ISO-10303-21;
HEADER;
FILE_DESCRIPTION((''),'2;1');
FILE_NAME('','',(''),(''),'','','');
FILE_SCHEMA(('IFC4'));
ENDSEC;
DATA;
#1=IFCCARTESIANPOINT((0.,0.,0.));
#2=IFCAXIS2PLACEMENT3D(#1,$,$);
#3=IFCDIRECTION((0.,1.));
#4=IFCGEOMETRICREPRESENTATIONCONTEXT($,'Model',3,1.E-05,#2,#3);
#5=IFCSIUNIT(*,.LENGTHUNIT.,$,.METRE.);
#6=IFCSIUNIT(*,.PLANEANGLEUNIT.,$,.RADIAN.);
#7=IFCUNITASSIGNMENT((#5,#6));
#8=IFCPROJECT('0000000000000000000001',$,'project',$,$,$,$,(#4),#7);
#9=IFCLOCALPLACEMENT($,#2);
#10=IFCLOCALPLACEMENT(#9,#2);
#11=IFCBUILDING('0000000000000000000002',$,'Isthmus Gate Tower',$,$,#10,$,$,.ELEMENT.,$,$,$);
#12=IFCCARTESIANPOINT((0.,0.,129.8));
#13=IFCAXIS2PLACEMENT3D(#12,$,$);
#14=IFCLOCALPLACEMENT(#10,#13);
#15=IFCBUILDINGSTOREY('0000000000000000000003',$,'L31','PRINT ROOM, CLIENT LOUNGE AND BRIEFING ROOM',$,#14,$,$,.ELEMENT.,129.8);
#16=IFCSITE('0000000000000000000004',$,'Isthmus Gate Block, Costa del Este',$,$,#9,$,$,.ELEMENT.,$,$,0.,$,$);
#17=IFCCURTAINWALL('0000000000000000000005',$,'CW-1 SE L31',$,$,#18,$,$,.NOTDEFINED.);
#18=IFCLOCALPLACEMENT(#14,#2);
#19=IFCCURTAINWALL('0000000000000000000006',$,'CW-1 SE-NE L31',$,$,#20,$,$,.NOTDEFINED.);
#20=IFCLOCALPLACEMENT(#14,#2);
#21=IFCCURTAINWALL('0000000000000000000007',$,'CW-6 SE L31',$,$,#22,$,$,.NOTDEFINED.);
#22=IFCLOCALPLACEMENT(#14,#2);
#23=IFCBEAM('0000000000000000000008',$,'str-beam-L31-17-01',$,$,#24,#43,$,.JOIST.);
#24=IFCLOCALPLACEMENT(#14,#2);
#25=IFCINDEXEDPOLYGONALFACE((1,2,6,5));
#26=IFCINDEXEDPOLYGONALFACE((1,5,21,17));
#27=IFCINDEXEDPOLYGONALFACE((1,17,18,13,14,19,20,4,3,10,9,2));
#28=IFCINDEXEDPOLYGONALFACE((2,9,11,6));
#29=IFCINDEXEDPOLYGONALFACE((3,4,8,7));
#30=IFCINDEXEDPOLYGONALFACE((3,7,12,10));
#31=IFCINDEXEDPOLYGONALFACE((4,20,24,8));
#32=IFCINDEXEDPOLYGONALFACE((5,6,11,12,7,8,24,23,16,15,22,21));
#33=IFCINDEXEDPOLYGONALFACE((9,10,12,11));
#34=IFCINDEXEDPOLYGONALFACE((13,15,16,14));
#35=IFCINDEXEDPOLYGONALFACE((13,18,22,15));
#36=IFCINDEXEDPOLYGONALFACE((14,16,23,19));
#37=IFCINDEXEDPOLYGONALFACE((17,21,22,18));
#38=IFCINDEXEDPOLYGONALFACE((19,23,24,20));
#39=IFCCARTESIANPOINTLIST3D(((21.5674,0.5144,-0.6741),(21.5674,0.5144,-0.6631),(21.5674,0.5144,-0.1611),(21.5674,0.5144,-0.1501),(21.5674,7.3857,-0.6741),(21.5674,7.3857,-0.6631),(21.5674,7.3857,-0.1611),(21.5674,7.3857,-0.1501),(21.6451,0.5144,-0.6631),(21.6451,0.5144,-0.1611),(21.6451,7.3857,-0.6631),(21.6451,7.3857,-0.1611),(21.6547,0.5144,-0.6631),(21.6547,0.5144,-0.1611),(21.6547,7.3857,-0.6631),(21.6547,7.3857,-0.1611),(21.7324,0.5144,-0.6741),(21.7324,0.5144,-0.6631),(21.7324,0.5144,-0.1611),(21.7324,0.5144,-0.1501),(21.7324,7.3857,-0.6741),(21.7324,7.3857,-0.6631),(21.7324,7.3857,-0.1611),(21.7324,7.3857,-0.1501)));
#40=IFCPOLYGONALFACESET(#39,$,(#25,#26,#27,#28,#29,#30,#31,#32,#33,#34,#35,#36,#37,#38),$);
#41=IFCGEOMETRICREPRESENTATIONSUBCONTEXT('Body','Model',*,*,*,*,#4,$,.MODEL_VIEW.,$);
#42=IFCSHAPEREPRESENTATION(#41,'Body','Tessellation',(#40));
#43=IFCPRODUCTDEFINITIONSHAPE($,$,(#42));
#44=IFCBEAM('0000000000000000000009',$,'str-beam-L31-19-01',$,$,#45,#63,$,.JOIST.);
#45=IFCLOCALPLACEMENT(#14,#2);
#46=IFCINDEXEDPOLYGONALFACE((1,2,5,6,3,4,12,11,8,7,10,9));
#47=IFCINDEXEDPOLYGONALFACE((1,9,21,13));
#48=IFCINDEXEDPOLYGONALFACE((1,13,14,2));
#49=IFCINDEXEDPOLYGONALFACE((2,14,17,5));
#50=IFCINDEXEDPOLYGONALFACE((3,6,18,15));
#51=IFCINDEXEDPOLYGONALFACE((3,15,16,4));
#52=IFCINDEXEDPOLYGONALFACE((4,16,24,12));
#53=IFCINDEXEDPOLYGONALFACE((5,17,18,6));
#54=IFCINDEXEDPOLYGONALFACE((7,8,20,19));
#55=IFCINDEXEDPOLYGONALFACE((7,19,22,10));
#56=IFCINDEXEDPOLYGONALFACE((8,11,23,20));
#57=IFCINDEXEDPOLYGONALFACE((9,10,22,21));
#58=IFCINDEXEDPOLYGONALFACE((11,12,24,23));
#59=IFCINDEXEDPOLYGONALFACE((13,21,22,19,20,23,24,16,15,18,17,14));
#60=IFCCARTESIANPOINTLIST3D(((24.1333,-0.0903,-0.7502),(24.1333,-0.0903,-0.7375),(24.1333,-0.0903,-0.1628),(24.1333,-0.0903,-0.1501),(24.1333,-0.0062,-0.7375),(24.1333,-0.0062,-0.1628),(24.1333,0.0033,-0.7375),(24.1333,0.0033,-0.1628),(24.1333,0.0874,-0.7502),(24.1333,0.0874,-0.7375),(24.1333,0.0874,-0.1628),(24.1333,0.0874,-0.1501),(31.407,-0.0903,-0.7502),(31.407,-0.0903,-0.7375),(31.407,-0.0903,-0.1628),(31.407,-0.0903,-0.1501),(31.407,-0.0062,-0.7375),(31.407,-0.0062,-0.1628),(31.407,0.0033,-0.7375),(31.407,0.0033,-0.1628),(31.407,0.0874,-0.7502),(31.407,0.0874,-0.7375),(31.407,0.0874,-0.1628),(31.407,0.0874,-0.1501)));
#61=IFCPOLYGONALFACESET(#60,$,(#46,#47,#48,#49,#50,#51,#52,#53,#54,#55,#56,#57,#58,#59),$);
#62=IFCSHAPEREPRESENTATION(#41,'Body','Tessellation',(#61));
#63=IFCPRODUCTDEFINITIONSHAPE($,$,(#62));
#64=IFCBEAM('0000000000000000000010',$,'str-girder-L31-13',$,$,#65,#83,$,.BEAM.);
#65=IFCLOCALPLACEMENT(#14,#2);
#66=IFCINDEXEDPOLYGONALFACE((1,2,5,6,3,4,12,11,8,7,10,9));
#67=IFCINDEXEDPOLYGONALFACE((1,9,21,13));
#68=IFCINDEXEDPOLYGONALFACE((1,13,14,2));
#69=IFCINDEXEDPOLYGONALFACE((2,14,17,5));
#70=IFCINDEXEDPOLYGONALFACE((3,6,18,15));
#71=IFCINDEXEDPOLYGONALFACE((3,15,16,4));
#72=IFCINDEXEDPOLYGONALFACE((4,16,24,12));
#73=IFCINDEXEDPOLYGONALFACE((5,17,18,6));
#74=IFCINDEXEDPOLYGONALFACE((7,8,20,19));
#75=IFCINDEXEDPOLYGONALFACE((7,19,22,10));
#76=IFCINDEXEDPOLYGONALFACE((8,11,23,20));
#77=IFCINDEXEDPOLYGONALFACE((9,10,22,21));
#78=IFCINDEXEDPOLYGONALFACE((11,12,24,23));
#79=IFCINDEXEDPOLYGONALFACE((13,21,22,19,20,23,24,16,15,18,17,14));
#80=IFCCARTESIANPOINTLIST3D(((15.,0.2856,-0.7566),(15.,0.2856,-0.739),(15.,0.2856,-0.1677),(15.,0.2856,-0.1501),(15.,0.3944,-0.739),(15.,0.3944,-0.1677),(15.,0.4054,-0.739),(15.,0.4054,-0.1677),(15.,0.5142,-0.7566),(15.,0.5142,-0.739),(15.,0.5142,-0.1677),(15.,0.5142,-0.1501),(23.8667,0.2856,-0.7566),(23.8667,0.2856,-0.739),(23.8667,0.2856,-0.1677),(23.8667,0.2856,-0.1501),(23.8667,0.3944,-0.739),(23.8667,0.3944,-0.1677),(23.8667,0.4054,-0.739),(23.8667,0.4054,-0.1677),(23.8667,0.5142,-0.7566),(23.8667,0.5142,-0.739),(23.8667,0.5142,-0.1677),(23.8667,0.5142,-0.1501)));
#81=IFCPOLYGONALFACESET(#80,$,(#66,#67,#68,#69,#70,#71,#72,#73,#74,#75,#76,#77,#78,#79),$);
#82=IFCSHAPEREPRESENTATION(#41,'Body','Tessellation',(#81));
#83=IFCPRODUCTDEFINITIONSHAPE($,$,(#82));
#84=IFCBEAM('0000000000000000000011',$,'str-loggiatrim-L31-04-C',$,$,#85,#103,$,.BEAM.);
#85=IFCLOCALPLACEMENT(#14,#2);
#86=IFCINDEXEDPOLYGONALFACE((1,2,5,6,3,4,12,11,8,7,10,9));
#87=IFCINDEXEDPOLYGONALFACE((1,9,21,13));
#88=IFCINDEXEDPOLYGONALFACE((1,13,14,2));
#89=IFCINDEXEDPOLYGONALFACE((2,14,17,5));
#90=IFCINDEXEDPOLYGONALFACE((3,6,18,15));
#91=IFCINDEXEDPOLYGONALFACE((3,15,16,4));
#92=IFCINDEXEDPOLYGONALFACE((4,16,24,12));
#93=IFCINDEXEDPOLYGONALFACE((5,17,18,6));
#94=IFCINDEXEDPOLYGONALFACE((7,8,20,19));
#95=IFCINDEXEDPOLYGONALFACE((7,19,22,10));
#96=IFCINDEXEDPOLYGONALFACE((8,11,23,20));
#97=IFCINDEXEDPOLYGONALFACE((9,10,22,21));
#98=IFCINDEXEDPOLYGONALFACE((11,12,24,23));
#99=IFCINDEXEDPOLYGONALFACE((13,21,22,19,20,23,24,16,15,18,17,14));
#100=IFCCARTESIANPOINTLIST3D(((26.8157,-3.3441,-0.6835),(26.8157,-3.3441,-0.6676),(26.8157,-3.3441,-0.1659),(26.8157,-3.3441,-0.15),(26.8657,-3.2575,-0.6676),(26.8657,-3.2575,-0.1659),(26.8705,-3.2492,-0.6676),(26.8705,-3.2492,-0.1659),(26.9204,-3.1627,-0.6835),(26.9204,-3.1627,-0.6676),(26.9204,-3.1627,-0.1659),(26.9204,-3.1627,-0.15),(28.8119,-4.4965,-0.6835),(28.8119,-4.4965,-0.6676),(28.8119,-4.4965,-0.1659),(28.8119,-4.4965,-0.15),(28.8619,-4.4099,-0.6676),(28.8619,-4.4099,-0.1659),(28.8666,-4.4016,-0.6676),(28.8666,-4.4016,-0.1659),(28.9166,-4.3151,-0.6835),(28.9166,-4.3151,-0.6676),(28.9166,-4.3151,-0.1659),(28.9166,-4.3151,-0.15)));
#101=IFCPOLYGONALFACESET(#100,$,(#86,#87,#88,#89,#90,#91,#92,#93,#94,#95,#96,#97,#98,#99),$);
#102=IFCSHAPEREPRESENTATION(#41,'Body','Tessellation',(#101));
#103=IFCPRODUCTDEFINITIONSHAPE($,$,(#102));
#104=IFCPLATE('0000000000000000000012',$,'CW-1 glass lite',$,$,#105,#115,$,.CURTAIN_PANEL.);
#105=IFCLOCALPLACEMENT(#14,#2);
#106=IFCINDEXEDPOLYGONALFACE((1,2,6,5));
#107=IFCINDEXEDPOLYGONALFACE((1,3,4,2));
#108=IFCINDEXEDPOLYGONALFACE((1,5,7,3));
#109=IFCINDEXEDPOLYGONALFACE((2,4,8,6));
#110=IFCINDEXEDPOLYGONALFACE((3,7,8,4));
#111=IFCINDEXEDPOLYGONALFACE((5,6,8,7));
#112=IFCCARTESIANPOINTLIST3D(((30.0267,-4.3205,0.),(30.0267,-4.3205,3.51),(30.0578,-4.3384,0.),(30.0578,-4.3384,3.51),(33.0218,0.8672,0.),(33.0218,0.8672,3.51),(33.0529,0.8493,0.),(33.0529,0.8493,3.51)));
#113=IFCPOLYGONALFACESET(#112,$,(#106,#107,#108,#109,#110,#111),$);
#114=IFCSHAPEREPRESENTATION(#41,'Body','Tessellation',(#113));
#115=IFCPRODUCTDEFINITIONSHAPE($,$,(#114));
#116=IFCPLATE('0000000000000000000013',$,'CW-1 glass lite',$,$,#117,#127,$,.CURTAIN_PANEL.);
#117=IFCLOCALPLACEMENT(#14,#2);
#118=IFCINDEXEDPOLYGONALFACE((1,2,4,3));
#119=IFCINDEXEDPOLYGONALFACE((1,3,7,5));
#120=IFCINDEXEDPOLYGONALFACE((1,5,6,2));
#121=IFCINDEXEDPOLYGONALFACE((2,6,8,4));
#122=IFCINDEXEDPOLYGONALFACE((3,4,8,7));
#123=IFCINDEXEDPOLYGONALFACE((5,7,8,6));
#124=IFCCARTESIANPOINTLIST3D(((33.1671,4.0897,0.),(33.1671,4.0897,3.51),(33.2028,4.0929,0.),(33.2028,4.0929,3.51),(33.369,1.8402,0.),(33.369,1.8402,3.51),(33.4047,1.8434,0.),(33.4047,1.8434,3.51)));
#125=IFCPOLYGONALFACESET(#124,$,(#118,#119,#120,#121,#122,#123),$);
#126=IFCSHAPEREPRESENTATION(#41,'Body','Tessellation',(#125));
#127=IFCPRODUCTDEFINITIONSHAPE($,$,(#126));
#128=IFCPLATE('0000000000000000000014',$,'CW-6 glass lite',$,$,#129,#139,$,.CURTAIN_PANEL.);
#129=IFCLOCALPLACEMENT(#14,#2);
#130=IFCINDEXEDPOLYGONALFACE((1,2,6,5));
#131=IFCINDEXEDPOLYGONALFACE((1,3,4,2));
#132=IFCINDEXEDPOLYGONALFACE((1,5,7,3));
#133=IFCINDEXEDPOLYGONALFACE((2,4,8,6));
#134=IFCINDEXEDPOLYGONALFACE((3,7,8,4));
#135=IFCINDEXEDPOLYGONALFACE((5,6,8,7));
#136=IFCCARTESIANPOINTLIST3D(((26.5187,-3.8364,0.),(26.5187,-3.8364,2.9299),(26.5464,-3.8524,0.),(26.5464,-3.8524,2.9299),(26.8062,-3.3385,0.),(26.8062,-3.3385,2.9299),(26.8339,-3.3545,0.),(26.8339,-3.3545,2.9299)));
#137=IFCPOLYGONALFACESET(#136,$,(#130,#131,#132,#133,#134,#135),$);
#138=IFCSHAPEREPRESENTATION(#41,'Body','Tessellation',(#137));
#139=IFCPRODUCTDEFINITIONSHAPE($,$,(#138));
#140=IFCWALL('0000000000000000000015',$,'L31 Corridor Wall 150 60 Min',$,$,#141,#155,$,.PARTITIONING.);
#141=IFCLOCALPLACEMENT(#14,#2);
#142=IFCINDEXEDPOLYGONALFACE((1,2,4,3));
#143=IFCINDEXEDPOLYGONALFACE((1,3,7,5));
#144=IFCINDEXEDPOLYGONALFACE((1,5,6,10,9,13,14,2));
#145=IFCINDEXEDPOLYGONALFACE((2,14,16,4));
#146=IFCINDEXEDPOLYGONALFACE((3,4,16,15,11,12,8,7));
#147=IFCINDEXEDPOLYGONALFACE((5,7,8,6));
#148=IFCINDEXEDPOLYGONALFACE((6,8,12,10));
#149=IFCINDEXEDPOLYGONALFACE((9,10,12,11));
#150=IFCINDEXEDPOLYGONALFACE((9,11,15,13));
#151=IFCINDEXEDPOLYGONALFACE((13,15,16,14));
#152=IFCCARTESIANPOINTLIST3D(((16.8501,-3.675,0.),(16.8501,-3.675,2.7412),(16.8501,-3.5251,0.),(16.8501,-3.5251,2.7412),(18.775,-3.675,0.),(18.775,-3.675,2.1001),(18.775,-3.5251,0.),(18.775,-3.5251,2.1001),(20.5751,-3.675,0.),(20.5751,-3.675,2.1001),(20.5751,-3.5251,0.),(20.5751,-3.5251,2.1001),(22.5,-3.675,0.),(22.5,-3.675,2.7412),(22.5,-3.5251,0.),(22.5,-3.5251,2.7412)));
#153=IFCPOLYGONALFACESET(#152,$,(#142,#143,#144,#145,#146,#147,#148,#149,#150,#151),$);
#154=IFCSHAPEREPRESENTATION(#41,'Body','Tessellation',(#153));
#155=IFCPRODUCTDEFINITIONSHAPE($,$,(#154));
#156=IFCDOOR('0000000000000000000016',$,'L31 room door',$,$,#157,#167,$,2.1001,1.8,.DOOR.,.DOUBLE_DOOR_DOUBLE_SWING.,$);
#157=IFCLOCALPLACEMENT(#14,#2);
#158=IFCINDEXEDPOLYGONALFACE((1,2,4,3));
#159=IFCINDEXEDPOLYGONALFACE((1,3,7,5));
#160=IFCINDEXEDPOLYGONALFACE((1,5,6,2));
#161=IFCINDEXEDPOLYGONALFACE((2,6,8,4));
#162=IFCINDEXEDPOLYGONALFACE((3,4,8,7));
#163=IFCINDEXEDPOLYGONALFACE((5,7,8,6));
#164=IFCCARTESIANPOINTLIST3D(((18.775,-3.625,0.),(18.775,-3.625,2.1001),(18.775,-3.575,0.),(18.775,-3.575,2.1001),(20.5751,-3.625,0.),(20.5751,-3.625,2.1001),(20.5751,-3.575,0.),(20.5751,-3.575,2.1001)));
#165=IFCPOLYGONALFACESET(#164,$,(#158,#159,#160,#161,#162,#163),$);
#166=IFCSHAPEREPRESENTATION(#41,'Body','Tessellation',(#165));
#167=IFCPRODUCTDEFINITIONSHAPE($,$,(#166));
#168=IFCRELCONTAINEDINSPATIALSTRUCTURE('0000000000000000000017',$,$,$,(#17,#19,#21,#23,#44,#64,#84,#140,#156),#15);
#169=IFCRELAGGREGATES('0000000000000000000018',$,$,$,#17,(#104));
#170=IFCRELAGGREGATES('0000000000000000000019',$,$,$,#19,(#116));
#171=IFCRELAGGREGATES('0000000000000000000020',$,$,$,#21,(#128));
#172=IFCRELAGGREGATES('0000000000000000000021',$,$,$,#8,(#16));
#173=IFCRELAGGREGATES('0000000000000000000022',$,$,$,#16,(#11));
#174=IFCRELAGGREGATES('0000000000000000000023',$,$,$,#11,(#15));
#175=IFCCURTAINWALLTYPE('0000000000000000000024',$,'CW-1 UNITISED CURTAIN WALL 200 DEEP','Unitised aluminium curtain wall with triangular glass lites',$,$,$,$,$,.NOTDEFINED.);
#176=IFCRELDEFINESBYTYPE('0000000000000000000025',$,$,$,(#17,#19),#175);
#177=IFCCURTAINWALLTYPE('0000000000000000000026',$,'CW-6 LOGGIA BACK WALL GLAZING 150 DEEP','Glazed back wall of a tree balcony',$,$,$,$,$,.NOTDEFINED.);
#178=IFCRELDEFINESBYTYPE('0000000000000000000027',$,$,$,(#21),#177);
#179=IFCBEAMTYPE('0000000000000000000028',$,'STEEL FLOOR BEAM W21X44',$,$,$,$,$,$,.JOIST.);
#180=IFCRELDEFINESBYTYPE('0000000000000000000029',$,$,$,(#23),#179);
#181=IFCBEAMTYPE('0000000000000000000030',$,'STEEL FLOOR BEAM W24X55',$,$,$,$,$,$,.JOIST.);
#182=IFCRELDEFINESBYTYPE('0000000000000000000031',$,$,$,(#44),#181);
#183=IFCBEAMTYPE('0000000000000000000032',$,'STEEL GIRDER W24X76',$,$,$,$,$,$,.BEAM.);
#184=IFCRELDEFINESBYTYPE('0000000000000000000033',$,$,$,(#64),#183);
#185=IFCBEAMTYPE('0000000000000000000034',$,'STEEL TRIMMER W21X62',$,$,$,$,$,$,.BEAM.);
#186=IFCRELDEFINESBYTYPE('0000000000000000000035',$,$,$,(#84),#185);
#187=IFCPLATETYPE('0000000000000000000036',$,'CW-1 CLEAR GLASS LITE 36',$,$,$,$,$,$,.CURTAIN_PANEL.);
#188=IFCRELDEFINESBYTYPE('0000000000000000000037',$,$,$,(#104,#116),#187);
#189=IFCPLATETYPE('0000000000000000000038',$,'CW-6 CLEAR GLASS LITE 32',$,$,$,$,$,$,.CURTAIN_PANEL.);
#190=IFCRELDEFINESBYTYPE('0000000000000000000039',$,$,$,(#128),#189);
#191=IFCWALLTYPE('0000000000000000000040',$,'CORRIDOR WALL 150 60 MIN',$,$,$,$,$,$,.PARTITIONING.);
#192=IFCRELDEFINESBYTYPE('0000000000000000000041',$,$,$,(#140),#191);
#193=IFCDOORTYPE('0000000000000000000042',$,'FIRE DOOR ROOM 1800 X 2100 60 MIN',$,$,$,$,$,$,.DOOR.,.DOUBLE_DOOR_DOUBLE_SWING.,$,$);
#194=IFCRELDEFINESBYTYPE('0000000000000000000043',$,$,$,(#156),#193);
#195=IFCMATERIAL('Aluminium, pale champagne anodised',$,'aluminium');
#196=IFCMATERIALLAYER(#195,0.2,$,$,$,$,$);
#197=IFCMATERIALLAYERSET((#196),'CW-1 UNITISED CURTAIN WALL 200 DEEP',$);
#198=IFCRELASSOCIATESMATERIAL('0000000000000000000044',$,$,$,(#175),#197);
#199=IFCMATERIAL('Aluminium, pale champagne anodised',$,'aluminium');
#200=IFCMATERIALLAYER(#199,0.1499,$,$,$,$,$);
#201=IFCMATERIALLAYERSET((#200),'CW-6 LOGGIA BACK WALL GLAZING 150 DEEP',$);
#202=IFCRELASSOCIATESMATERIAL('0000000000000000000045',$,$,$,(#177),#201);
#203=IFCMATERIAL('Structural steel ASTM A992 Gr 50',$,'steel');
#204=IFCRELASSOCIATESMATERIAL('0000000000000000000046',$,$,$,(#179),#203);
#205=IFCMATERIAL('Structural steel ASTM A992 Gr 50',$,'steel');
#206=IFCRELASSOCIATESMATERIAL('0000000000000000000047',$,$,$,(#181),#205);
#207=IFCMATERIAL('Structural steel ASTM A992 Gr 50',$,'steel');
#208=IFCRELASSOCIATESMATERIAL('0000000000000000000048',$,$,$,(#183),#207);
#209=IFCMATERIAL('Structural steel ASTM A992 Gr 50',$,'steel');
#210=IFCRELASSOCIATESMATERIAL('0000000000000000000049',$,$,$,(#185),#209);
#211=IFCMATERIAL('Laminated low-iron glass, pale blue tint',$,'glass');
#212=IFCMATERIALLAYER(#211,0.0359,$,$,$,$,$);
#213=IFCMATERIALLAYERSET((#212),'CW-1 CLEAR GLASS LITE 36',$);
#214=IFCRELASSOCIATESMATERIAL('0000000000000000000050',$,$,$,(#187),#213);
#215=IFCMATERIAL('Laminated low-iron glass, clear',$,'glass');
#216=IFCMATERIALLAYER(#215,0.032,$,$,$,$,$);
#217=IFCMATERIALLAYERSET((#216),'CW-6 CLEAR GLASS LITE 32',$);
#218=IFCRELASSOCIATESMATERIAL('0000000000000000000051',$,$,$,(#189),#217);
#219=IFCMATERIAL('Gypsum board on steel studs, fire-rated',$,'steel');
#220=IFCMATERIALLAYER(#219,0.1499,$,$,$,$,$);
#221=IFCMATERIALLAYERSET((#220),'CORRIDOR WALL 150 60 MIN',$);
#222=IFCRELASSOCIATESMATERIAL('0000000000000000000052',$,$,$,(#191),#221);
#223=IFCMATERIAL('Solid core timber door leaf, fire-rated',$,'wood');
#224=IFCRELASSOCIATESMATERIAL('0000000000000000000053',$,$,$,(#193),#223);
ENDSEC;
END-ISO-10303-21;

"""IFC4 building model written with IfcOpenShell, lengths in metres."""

from ifc_helpers import new_model, si_unit, direction, frame, frame_2d, origin, origin_2d, place, context, subcontext, project, spatial, rectangle, i_section, extrude, material, layer, layer_set, material_profile, profile_set, type_object, element, fill, aggregate, save


model = new_model("IFC4")

# Units and contexts
model_context = context("Model", 3, precision=1e-05, world=origin(), true_north=direction((0.0, 1.0)))
body_context = subcontext(model_context, "Body", "Model", "MODEL_VIEW")
ifc_project = project(units=[si_unit("LENGTHUNIT", "METRE"), si_unit("PLANEANGLEUNIT", "RADIAN")], contexts=[model_context])

# Site, building, storey
site_placement = place(None, origin())
site = spatial("IfcSite", under=ifc_project, at=site_placement, Name="Isthmus Gate Block, Costa del Este", CompositionType="ELEMENT", RefElevation=0.0)
building_placement = place(site_placement, origin())
building = spatial("IfcBuilding", under=site, at=building_placement, Name="Isthmus Gate Tower", CompositionType="ELEMENT")
storey_placement = place(building_placement, frame((0.0, 0.0, 129.8)))
storey = spatial("IfcBuildingStorey", under=building, at=storey_placement, Name="L31", Description="PRINT ROOM, CLIENT LOUNGE AND BRIEFING ROOM", CompositionType="ELEMENT", Elevation=129.8)

# Curtain walls
ifc_material_1 = material(Name="Aluminium, pale champagne anodised", Category="aluminium")
ifc_layer_1 = layer(ifc_material_1, 0.2)
ifc_layer_set_1 = layer_set([ifc_layer_1], Name="CW-1 UNITISED CURTAIN WALL 200 DEEP")
curtain_wall_type_1 = type_object("IfcCurtainWallType", Name="CW-1 UNITISED CURTAIN WALL 200 DEEP", Description="Unitised aluminium curtain wall with triangular glass lites", PredefinedType="NOTDEFINED", material=ifc_layer_set_1)
curtain_wall_1_placement = place(storey_placement, origin())
curtain_wall_1 = element("IfcCurtainWall", 1, at=curtain_wall_1_placement, inside=storey, type_object=curtain_wall_type_1, Name="CW-1 SE L31", PredefinedType="NOTDEFINED")
curtain_wall_2_placement = place(storey_placement, origin())
curtain_wall_2 = element("IfcCurtainWall", 2, at=curtain_wall_2_placement, inside=storey, type_object=curtain_wall_type_1, Name="CW-1 SE-NE L31", PredefinedType="NOTDEFINED")

# Curtain wall
ifc_material_2 = material(Name="Aluminium, pale champagne anodised", Category="aluminium")
ifc_layer_2 = layer(ifc_material_2, 0.1499)
ifc_layer_set_2 = layer_set([ifc_layer_2], Name="CW-6 LOGGIA BACK WALL GLAZING 150 DEEP")
curtain_wall_type_2 = type_object("IfcCurtainWallType", Name="CW-6 LOGGIA BACK WALL GLAZING 150 DEEP", Description="Glazed back wall of a tree balcony", PredefinedType="NOTDEFINED", material=ifc_layer_set_2)
curtain_wall_3_placement = place(storey_placement, origin())
curtain_wall_3 = element("IfcCurtainWall", 3, at=curtain_wall_3_placement, inside=storey, type_object=curtain_wall_type_2, Name="CW-6 SE L31", PredefinedType="NOTDEFINED")

# Beams
ifc_material_3 = material(Name="Structural steel ASTM A992 Gr 50", Category="steel")
ifc_material_profile_1 = material_profile(ifc_material_3, i_section(OverallWidth=0.165, OverallDepth=0.5239, WebThickness=0.0095, FlangeThickness=0.011, at=origin_2d()), Name="W21X44")
ifc_profile_set_1 = profile_set([ifc_material_profile_1], Name="Structural steel ASTM A992 Gr 50")
beam_type_1 = type_object("IfcBeamType", Name="STEEL FLOOR BEAM W21X44", PredefinedType="JOIST", material=ifc_profile_set_1)
for number, where, z_axis, x_axis, name in (
    (4, (21.6499, 0.5144, -0.4121), (0.0, 1.0, 0.0), (-1.0, 0.0, 0.0), "str-beam-L31-17-01"),
):
    element("IfcBeam", number, at=place(storey_placement, frame(where, z_axis=z_axis, x_axis=x_axis)), inside=storey, type_object=beam_type_1, Name=name, PredefinedType="JOIST", context=body_context, shape_type="SweptSolid", body=[
        extrude(i_section(OverallWidth=0.165, OverallDepth=0.5239, WebThickness=0.0095, FlangeThickness=0.011, at=origin_2d()), origin(), (0.0, 0.0, 1.0), 6.8713),
    ])
ifc_material_4 = material(Name="Structural steel ASTM A992 Gr 50", Category="steel")
ifc_material_profile_2 = material_profile(ifc_material_4, i_section(OverallWidth=0.1777, OverallDepth=0.6001, WebThickness=0.0095, FlangeThickness=0.0127, at=origin_2d()), Name="W24X55")
ifc_profile_set_2 = profile_set([ifc_material_profile_2], Name="Structural steel ASTM A992 Gr 50")
beam_type_2 = type_object("IfcBeamType", Name="STEEL FLOOR BEAM W24X55", PredefinedType="JOIST", material=ifc_profile_set_2)
beam_1_placement = place(storey_placement, frame((24.1333, -0.0015, -0.4502), z_axis=(1.0, 0.0, 0.0), x_axis=(0.0, 1.0, 0.0)))
element("IfcBeam", 5, at=beam_1_placement, inside=storey, type_object=beam_type_2, Name="str-beam-L31-19-01", PredefinedType="JOIST", context=body_context, shape_type="SweptSolid", body=[
    extrude(i_section(OverallWidth=0.1777, OverallDepth=0.6001, WebThickness=0.0095, FlangeThickness=0.0127, at=origin_2d()), origin(), (0.0, 0.0, 1.0), 7.2737),
])
ifc_material_5 = material(Name="Structural steel ASTM A992 Gr 50", Category="steel")
ifc_material_profile_3 = material_profile(ifc_material_5, i_section(OverallWidth=0.2285, OverallDepth=0.6064, WebThickness=0.011, FlangeThickness=0.0176, at=origin_2d()), Name="W24X76")
ifc_profile_set_3 = profile_set([ifc_material_profile_3], Name="Structural steel ASTM A992 Gr 50")
beam_type_3 = type_object("IfcBeamType", Name="STEEL GIRDER W24X76", PredefinedType="BEAM", material=ifc_profile_set_3)
beam_2_placement = place(storey_placement, frame((15.0, 0.3999, -0.4534), z_axis=(1.0, 0.0, 0.0), x_axis=(0.0, 1.0, 0.0)))
element("IfcBeam", 6, at=beam_2_placement, inside=storey, type_object=beam_type_3, Name="str-girder-L31-13", PredefinedType="BEAM", context=body_context, shape_type="SweptSolid", body=[
    extrude(i_section(OverallWidth=0.2285, OverallDepth=0.6064, WebThickness=0.011, FlangeThickness=0.0176, at=origin_2d()), origin(), (0.0, 0.0, 1.0), 8.8667),
])
ifc_material_6 = material(Name="Structural steel ASTM A992 Gr 50", Category="steel")
ifc_material_profile_4 = material_profile(ifc_material_6, i_section(OverallWidth=0.2095, OverallDepth=0.5334, WebThickness=0.0095, FlangeThickness=0.0159, at=origin_2d()), Name="W21X62")
ifc_profile_set_4 = profile_set([ifc_material_profile_4], Name="Structural steel ASTM A992 Gr 50")
beam_type_4 = type_object("IfcBeamType", Name="STEEL TRIMMER W21X62", PredefinedType="BEAM", material=ifc_profile_set_4)
beam_3_placement = place(storey_placement, frame((28.8643, -4.4058, -0.4167), z_axis=(-0.866044, 0.499967, 0.0), x_axis=(-0.499967, -0.866044, 0.0)))
element("IfcBeam", 7, at=beam_3_placement, inside=storey, type_object=beam_type_4, Name="str-loggiatrim-L31-04-C", PredefinedType="BEAM", context=body_context, shape_type="SweptSolid", body=[
    extrude(i_section(OverallWidth=0.2095, OverallDepth=0.5334, WebThickness=0.0095, FlangeThickness=0.0159, at=origin_2d()), origin(), (0.0, 0.0, 1.0), 2.3049),
])

# Plates
ifc_material_7 = material(Name="Laminated low-iron glass, pale blue tint", Category="glass")
ifc_layer_3 = layer(ifc_material_7, 0.0359)
ifc_layer_set_3 = layer_set([ifc_layer_3], Name="CW-1 CLEAR GLASS LITE 36")
plate_type_1 = type_object("IfcPlateType", Name="CW-1 CLEAR GLASS LITE 36", PredefinedType="CURTAIN_PANEL", material=ifc_layer_set_3)
plate_1_placement = place(storey_placement, frame((31.5398, -1.7356, 0.0), z_axis=(0.0, 0.0, 1.0), x_axis=(0.5, 0.866025, 0.0)))
plate_1 = element("IfcPlate", 8, at=plate_1_placement, type_object=plate_type_1, Name="CW-1 glass lite", PredefinedType="CURTAIN_PANEL", context=body_context, shape_type="SweptSolid", body=[
    extrude(rectangle(XDim=5.9902, YDim=0.0359, at=origin_2d()), origin(), (0.0, 0.0, 1.0), 3.51),
])
aggregate(curtain_wall_1, [plate_1])
plate_2_placement = place(storey_placement, frame((33.2859, 2.9666, 0.0), z_axis=(0.0, 0.0, 1.0), x_axis=(-0.089397, 0.995996, 0.0)))
plate_2 = element("IfcPlate", 9, at=plate_2_placement, type_object=plate_type_1, Name="CW-1 glass lite", PredefinedType="CURTAIN_PANEL", context=body_context, shape_type="SweptSolid", body=[
    extrude(rectangle(XDim=2.2585, YDim=0.0359, at=origin_2d()), origin(), (0.0, 0.0, 1.0), 3.51),
])
aggregate(curtain_wall_2, [plate_2])
ifc_material_8 = material(Name="Laminated low-iron glass, clear", Category="glass")
ifc_layer_4 = layer(ifc_material_8, 0.032)
ifc_layer_set_4 = layer_set([ifc_layer_4], Name="CW-6 CLEAR GLASS LITE 32")
plate_type_2 = type_object("IfcPlateType", Name="CW-6 CLEAR GLASS LITE 32", PredefinedType="CURTAIN_PANEL", material=ifc_layer_set_4)
plate_3_placement = place(storey_placement, frame((26.6763, -3.5955, 0.0), z_axis=(0.0, 0.0, 1.0), x_axis=(0.5, 0.866025, 0.0)))
plate_3 = element("IfcPlate", 10, at=plate_3_placement, type_object=plate_type_2, Name="CW-6 glass lite", PredefinedType="CURTAIN_PANEL", context=body_context, shape_type="SweptSolid", body=[
    extrude(rectangle(XDim=0.575, YDim=0.032, at=origin_2d()), origin(), (0.0, 0.0, 1.0), 2.9299),
])
aggregate(curtain_wall_3, [plate_3])

# Wall, opening, door
ifc_material_9 = material(Name="Gypsum board on steel studs, fire-rated", Category="steel")
ifc_layer_5 = layer(ifc_material_9, 0.1499)
ifc_layer_set_5 = layer_set([ifc_layer_5], Name="CORRIDOR WALL 150 60 MIN")
wall_type_1 = type_object("IfcWallType", Name="CORRIDOR WALL 150 60 MIN", PredefinedType="PARTITIONING", material=ifc_layer_set_5)
wall_1_placement = place(storey_placement, frame((22.5, -3.6001, 0.0), z_axis=(0.0, 0.0, 1.0), x_axis=(-1.0, 0.0, 0.0)))
wall_1 = element("IfcWall", 11, at=wall_1_placement, inside=storey, type_object=wall_type_1, Name="L31 Corridor Wall 150 60 Min", PredefinedType="PARTITIONING", context=body_context, shape_type="SweptSolid", body=[
    extrude(rectangle(XDim=5.6499, YDim=0.1499, at=frame_2d((2.825, 0.0))), origin(), (0.0, 0.0, 1.0), 2.7412),
])
opening_1_placement = place(wall_1_placement, frame((1.925, 0.0, 0.0)))
opening_1 = element("IfcOpeningElement", 12, at=opening_1_placement, cuts=wall_1, PredefinedType="OPENING", context=body_context, shape_type="SweptSolid", body=[
    extrude(rectangle(XDim=1.8, YDim=2.1001, at=frame_2d((0.8999, 1.05))), frame((0.0, 0.085, 0.0), z_axis=(0.0, -1.0, 0.0), x_axis=(1.0, 0.0, 0.0)), (0.0, 0.0, 1.0), 0.1699),
])
ifc_material_10 = material(Name="Solid core timber door leaf, fire-rated", Category="wood")
door_type_1 = type_object("IfcDoorType", Name="FIRE DOOR ROOM 1800 X 2100 60 MIN", OperationType="DOUBLE_DOOR_DOUBLE_SWING", PredefinedType="DOOR", material=ifc_material_10)
door_1_placement = place(opening_1_placement, origin())
door_1 = element("IfcDoor", 13, at=door_1_placement, inside=storey, type_object=door_type_1, Name="L31 room door", OperationType="DOUBLE_DOOR_DOUBLE_SWING", OverallHeight=2.1001, OverallWidth=1.8, PredefinedType="DOOR", context=body_context, shape_type="SweptSolid", body=[
    extrude(rectangle(XDim=1.8, YDim=2.1001, at=frame_2d((0.8999, 1.05))), frame((0.0, 0.0249, 0.0), z_axis=(0.0, -1.0, 0.0), x_axis=(1.0, 0.0, 0.0)), (0.0, 0.0, 1.0), 0.05),
])
fill(opening_1, door_1)

save(model, "model.ifc")
